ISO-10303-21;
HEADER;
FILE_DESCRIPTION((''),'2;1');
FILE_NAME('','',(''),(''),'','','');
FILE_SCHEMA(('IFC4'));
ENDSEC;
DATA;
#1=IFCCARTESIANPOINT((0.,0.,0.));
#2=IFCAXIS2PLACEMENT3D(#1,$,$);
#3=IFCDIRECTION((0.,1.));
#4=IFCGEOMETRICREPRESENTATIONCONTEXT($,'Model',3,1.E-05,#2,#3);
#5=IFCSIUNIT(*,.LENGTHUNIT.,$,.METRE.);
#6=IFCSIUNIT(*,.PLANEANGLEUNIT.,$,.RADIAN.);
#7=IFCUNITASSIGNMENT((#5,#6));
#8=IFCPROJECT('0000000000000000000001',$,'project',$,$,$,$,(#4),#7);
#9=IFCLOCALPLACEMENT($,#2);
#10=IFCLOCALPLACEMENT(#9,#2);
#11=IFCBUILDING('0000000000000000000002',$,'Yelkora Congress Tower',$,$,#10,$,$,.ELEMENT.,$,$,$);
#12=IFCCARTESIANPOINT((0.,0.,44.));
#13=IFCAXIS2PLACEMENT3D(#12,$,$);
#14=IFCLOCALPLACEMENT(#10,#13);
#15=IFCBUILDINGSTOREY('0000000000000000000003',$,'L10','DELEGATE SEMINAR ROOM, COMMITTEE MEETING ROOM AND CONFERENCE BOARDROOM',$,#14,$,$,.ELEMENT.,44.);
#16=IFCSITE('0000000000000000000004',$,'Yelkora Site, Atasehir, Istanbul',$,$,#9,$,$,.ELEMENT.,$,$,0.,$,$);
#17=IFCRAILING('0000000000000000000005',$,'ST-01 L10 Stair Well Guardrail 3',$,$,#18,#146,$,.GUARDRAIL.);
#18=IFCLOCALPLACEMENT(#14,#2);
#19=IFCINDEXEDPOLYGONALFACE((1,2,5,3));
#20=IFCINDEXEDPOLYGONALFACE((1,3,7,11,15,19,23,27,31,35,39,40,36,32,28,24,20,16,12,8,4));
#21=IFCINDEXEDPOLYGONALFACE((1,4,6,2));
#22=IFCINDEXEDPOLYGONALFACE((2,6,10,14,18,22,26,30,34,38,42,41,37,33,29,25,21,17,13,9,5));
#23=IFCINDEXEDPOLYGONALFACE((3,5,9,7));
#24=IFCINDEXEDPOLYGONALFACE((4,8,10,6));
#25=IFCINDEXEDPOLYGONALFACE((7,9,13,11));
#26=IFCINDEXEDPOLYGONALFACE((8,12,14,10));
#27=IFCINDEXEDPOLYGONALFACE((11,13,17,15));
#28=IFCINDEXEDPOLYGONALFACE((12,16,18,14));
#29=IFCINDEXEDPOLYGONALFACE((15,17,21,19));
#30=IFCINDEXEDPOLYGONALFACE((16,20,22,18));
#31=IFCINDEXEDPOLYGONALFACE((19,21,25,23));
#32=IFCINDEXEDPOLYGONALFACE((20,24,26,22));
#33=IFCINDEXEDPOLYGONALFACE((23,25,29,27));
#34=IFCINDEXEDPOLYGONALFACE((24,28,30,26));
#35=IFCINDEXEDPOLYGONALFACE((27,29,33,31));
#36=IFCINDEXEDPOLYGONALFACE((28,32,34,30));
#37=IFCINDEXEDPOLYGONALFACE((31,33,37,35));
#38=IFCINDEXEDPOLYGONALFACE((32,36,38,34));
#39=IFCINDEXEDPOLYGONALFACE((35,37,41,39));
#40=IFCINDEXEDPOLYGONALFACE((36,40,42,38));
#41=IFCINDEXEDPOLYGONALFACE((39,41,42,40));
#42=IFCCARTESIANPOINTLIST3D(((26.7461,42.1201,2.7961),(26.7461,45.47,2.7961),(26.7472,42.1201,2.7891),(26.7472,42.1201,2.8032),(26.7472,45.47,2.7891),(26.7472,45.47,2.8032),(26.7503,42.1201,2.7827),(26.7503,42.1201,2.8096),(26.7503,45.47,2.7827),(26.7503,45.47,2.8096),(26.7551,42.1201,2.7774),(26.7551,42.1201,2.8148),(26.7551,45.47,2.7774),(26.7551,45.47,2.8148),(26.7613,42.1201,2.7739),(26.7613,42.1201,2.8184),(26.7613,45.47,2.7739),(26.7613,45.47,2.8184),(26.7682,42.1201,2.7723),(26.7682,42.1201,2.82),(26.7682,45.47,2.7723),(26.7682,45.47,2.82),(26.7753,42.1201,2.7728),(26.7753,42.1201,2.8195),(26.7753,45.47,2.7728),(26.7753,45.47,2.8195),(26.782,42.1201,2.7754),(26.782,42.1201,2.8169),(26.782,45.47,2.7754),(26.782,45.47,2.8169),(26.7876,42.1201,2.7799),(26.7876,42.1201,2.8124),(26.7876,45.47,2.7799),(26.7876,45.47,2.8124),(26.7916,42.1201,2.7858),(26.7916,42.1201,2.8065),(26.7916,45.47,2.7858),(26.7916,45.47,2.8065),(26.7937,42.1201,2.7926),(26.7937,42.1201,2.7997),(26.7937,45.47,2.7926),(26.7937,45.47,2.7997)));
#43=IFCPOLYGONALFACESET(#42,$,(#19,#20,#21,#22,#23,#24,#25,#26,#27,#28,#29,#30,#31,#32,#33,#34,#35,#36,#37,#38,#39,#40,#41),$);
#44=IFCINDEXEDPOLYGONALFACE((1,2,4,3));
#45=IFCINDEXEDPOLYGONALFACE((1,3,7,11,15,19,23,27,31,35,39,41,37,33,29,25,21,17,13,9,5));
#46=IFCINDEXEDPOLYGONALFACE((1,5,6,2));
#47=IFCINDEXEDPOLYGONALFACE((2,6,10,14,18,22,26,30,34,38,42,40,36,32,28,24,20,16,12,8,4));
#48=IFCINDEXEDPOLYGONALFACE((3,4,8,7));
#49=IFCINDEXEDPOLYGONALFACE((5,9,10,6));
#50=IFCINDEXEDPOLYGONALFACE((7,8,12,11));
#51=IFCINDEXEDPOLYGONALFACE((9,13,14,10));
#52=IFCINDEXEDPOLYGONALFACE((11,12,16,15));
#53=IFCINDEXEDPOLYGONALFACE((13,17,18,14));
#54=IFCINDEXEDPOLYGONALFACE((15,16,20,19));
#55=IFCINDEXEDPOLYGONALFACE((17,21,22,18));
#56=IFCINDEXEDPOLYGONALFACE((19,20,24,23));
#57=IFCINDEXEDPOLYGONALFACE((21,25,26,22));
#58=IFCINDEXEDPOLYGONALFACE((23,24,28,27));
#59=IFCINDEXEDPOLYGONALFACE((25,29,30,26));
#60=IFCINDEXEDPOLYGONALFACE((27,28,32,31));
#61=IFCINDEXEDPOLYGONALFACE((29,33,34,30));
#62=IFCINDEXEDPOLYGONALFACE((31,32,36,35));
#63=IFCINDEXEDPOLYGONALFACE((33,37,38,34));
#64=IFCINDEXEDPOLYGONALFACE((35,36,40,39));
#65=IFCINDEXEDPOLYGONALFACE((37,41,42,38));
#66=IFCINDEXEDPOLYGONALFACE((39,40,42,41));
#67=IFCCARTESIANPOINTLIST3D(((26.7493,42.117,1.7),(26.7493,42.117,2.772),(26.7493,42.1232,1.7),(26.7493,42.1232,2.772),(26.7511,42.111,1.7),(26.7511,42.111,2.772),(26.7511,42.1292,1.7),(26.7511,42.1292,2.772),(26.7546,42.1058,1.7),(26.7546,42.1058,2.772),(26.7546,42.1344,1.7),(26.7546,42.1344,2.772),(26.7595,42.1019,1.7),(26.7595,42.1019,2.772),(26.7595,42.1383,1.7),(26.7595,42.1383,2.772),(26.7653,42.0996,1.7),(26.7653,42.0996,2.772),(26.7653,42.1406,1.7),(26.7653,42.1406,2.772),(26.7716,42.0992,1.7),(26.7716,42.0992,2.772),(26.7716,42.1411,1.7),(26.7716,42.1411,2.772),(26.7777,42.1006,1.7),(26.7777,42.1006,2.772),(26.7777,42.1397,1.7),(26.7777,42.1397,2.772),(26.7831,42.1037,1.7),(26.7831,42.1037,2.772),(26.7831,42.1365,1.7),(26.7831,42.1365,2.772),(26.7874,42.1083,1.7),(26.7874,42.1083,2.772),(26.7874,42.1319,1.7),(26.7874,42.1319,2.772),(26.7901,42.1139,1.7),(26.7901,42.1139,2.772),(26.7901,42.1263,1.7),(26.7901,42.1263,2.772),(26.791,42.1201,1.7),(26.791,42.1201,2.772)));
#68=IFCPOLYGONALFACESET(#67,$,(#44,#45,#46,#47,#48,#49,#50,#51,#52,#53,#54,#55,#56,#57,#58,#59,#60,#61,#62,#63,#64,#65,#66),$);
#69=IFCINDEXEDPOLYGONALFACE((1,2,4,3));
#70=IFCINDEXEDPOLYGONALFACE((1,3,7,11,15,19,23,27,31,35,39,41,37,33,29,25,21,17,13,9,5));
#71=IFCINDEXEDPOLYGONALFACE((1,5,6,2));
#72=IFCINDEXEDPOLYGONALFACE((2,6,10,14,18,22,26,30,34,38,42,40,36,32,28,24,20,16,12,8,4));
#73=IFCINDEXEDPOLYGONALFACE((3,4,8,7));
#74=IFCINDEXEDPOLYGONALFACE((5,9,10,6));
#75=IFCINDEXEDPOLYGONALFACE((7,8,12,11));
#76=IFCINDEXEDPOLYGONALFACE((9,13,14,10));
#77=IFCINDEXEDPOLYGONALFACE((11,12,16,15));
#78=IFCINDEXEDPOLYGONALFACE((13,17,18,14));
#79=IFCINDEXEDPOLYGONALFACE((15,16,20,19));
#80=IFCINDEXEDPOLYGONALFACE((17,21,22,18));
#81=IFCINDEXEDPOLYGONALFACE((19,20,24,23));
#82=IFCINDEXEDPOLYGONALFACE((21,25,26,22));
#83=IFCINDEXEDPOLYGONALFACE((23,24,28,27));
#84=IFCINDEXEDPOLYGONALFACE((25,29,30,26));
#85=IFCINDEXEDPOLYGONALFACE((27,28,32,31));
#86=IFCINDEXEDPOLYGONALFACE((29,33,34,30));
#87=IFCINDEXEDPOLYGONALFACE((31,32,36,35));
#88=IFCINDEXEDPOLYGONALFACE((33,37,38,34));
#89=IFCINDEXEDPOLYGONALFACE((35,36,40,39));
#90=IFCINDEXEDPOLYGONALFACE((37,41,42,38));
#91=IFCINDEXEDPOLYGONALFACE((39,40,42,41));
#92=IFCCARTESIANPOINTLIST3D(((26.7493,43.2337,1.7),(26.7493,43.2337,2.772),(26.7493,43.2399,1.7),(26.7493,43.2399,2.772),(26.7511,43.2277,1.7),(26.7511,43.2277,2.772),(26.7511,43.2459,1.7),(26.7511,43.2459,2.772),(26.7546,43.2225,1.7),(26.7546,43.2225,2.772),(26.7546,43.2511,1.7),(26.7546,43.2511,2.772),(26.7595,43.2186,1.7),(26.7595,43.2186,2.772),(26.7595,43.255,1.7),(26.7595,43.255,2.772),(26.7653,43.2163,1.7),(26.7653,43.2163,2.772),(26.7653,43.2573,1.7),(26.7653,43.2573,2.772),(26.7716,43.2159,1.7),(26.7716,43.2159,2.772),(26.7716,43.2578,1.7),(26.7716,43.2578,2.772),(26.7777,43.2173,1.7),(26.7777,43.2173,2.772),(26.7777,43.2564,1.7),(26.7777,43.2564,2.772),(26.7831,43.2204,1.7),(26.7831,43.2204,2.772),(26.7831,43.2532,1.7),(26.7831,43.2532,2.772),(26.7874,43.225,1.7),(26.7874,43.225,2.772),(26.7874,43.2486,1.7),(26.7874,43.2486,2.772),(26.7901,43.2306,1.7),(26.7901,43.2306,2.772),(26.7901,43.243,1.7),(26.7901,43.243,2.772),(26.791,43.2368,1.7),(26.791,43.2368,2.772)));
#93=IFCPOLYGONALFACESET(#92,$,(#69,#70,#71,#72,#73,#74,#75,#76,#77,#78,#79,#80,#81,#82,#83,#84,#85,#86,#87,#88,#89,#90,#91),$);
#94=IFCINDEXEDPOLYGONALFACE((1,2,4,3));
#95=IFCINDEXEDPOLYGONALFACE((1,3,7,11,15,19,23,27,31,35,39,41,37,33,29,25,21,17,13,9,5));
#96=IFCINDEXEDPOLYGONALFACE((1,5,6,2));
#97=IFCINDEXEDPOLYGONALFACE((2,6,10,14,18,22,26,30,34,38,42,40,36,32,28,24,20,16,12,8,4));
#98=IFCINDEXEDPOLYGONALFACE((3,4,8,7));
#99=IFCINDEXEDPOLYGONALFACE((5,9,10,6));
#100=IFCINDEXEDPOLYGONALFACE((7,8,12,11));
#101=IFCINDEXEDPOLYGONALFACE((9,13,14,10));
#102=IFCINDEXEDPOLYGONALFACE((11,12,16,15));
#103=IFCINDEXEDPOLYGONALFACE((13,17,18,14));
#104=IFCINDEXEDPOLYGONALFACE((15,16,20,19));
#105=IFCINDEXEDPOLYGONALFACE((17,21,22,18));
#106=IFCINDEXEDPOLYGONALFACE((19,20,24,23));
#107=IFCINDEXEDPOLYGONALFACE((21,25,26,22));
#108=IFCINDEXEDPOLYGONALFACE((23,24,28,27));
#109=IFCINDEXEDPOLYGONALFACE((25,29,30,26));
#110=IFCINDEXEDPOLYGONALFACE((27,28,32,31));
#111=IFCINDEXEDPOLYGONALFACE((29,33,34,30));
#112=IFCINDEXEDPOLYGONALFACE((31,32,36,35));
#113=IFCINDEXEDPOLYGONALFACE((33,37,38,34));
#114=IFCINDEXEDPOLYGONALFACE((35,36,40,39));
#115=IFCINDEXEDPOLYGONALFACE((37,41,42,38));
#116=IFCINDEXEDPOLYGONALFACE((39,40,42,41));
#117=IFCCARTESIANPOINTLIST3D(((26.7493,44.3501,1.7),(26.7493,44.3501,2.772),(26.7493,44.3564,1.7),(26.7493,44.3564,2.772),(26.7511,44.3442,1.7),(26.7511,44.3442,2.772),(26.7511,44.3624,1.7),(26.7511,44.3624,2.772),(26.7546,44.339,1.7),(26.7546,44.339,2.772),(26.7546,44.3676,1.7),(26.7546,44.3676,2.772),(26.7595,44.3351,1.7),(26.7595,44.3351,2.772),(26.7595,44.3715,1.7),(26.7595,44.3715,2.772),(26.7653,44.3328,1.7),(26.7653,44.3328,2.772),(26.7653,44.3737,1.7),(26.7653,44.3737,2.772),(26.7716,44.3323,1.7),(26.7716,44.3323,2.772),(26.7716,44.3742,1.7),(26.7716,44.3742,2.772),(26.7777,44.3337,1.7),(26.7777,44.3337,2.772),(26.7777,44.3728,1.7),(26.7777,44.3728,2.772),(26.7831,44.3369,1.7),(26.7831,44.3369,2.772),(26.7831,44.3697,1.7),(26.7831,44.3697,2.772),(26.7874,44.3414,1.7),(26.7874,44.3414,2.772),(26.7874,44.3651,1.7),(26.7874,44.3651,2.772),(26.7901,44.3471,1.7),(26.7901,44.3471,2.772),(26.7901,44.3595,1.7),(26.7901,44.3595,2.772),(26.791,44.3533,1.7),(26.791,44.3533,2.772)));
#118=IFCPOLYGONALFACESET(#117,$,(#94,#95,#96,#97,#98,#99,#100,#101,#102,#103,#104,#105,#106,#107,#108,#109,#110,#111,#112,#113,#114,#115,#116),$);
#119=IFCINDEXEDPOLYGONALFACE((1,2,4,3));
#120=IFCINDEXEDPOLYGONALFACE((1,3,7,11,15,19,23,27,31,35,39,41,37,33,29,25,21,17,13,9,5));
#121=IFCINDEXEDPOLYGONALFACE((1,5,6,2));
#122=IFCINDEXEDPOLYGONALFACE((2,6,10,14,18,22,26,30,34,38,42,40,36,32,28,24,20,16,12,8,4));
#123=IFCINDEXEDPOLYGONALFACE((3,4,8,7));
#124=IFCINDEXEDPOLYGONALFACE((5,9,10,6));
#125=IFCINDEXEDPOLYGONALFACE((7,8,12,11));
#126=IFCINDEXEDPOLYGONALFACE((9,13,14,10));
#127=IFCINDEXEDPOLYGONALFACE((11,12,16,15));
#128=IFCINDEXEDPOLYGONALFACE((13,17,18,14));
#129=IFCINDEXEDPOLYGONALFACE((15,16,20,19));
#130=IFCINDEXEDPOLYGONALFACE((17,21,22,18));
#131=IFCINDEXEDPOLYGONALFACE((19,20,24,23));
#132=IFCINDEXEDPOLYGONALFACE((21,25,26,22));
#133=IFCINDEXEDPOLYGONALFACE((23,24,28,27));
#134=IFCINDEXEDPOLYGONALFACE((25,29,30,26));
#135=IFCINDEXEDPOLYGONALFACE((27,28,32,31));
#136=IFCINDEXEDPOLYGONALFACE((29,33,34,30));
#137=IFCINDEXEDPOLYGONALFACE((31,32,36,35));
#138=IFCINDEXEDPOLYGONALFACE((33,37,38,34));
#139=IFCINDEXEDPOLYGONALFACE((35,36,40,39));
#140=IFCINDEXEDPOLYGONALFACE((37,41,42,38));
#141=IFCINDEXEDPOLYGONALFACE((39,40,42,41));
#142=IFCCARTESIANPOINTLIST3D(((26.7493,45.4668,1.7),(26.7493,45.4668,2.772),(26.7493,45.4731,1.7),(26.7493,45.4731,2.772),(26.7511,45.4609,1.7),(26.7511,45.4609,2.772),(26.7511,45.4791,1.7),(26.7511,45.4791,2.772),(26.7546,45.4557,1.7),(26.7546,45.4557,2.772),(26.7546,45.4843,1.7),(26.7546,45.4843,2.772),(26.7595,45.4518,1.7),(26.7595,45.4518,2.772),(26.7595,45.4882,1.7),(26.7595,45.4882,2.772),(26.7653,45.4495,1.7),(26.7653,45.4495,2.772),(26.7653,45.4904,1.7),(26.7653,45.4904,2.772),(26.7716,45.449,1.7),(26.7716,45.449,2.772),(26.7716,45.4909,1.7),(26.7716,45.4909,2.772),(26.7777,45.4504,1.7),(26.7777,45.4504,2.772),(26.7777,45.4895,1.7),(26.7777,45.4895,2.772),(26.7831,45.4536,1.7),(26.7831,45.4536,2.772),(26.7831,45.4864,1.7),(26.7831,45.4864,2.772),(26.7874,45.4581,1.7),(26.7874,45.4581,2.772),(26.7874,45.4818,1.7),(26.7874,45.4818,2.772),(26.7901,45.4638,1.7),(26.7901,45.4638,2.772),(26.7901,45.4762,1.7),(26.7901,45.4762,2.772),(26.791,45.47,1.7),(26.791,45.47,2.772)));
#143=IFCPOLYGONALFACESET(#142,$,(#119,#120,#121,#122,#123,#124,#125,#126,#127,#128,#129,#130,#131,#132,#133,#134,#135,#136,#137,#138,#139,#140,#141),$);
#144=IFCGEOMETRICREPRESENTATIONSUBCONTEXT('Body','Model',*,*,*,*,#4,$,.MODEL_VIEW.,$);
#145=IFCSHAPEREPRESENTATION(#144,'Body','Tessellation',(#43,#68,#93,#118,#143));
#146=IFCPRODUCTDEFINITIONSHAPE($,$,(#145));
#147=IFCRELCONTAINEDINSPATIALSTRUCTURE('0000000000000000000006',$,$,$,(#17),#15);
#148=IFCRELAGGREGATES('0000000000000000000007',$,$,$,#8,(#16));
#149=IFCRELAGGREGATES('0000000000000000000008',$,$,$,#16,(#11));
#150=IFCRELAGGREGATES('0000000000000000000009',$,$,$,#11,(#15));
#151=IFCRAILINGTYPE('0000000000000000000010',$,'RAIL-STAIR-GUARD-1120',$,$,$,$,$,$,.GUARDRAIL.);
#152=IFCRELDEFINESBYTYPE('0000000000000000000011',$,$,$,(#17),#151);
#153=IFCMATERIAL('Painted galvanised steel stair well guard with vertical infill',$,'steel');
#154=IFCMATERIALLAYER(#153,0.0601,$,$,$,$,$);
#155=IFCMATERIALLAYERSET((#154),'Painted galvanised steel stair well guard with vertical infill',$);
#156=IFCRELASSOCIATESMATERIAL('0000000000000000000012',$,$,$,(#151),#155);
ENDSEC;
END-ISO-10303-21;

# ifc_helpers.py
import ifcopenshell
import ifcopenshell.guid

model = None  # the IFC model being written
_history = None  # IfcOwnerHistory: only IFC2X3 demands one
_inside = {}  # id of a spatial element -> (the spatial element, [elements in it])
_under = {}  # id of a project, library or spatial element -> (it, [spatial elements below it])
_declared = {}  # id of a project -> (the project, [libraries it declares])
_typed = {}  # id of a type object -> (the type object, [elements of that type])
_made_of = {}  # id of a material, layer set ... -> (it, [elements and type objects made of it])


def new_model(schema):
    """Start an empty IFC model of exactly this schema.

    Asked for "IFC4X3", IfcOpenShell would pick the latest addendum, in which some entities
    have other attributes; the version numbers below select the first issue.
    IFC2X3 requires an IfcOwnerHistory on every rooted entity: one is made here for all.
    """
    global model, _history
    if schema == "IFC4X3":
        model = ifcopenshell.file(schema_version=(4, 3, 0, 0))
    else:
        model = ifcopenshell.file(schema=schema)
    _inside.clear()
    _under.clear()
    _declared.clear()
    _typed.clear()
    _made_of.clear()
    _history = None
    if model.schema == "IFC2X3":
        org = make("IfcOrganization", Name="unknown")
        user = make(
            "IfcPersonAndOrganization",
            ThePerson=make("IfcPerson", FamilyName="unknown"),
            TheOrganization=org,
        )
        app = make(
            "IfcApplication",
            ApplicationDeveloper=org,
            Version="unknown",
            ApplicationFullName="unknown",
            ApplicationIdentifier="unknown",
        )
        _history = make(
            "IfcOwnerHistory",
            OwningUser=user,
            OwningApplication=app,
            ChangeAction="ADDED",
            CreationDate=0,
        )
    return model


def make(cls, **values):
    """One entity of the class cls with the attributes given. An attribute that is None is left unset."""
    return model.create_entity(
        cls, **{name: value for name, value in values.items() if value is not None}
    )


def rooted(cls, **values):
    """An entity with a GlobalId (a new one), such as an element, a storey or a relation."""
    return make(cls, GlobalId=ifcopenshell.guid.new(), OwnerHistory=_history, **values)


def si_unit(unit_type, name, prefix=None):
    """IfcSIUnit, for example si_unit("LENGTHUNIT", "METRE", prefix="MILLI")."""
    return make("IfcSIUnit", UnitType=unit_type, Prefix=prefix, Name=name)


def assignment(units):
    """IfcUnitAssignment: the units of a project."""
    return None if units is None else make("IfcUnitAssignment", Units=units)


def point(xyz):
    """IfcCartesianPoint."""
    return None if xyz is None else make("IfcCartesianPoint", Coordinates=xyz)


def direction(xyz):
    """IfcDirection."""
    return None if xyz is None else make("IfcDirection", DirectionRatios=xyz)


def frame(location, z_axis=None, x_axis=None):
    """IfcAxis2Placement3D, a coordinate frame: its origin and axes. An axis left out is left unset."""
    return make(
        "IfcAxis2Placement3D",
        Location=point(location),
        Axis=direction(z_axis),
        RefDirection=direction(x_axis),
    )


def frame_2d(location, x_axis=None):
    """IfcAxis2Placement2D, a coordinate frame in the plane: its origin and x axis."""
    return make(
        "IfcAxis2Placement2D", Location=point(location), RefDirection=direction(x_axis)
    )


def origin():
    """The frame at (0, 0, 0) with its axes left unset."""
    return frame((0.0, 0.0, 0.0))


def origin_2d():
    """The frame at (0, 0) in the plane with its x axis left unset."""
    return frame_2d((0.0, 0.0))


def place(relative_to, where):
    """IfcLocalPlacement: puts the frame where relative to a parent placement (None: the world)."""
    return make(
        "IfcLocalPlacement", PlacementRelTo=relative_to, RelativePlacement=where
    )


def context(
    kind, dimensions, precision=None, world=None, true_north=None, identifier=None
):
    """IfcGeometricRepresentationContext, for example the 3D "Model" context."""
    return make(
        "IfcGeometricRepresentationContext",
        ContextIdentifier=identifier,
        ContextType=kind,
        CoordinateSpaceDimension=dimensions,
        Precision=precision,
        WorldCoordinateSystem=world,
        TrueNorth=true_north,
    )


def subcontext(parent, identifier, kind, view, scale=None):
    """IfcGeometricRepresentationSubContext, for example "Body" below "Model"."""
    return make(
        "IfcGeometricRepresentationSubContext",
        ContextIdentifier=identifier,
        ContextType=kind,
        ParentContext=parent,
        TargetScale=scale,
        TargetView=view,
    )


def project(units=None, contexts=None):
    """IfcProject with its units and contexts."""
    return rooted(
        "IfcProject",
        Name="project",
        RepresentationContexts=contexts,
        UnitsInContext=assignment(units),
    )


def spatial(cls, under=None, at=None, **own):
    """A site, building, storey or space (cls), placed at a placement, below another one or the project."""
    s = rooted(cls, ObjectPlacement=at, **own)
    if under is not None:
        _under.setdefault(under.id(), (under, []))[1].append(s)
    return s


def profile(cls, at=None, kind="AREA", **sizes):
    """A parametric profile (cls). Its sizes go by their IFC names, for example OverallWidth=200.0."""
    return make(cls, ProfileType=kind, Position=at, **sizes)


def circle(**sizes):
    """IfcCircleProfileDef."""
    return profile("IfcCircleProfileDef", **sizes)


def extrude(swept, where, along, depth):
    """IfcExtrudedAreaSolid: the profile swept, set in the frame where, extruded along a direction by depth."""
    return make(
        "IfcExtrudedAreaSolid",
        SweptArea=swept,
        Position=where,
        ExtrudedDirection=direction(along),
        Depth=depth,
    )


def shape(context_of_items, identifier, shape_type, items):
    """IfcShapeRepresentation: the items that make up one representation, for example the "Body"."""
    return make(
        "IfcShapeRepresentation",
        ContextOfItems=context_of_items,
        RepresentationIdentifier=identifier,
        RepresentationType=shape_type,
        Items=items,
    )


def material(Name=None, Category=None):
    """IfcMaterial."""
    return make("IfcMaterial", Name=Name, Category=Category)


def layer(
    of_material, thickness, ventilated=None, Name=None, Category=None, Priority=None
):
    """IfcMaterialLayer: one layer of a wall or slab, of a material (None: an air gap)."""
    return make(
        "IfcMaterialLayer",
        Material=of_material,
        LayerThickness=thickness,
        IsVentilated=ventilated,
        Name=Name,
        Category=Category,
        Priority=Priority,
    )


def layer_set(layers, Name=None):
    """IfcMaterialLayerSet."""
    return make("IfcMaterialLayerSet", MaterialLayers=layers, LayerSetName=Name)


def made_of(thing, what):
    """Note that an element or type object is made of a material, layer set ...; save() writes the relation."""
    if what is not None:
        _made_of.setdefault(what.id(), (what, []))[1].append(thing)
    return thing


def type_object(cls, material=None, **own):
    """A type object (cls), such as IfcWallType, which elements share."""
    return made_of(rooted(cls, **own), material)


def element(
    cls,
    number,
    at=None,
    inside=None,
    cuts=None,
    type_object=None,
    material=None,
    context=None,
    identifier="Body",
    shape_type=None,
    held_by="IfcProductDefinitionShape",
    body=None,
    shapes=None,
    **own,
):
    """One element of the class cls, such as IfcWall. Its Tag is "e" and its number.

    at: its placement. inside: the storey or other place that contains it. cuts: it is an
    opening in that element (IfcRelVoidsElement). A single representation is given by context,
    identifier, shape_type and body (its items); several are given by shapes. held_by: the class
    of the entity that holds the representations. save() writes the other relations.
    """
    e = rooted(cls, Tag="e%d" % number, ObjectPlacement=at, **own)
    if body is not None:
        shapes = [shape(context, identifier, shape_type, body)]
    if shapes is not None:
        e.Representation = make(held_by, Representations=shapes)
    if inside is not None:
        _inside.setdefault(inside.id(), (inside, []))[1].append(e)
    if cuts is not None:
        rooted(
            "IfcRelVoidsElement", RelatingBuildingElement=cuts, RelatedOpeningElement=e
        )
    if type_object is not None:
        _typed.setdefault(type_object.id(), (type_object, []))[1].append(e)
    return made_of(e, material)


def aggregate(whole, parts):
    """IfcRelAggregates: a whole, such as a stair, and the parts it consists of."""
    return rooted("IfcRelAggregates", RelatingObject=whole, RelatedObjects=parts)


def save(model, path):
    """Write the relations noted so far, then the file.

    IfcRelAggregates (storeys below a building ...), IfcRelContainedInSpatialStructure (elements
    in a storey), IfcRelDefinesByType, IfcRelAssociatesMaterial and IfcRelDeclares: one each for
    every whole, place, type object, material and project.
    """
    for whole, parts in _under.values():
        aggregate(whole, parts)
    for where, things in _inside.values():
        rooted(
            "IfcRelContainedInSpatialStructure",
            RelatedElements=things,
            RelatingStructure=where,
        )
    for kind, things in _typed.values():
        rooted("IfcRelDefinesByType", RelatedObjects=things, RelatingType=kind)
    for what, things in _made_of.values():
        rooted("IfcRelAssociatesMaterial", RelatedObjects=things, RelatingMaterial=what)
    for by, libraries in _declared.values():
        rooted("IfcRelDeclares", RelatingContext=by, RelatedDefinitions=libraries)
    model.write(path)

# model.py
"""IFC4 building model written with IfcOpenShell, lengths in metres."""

from ifc_helpers import new_model, si_unit, direction, frame, origin, origin_2d, place, context, subcontext, project, spatial, circle, extrude, material, layer, layer_set, type_object, element, save


model = new_model("IFC4")

# Units and contexts
model_context = context("Model", 3, precision=1e-05, world=origin(), true_north=direction((0.0, 1.0)))
body_context = subcontext(model_context, "Body", "Model", "MODEL_VIEW")
ifc_project = project(units=[si_unit("LENGTHUNIT", "METRE"), si_unit("PLANEANGLEUNIT", "RADIAN")], contexts=[model_context])

# Site, building, storey
site_placement = place(None, origin())
site = spatial("IfcSite", under=ifc_project, at=site_placement, Name="Yelkora Site, Atasehir, Istanbul", CompositionType="ELEMENT", RefElevation=0.0)
building_placement = place(site_placement, origin())
building = spatial("IfcBuilding", under=site, at=building_placement, Name="Yelkora Congress Tower", CompositionType="ELEMENT")
storey_placement = place(building_placement, frame((0.0, 0.0, 44.0)))
storey = spatial("IfcBuildingStorey", under=building, at=storey_placement, Name="L10", Description="DELEGATE SEMINAR ROOM, COMMITTEE MEETING ROOM AND CONFERENCE BOARDROOM", CompositionType="ELEMENT", Elevation=44.0)

# Railing
ifc_material_1 = material(Name="Painted galvanised steel stair well guard with vertical infill", Category="steel")
ifc_layer_1 = layer(ifc_material_1, 0.0601)
ifc_layer_set_1 = layer_set([ifc_layer_1], Name="Painted galvanised steel stair well guard with vertical infill")
railing_type_1 = type_object("IfcRailingType", Name="RAIL-STAIR-GUARD-1120", PredefinedType="GUARDRAIL", material=ifc_layer_set_1)
for number, where, name in (
    (1, (26.77, 42.1201, 1.7), "ST-01 L10 Stair Well Guardrail 3"),
):
    element("IfcRailing", number, at=place(storey_placement, frame(where)), inside=storey, type_object=railing_type_1, Name=name, PredefinedType="GUARDRAIL", context=body_context, shape_type="SweptSolid", body=[
        extrude(circle(Radius=0.0239, at=origin_2d()), frame((0.0, 0.0, 1.0962), z_axis=(0.0, 1.0, 0.0), x_axis=(-1.0, 0.0, 0.0)), (0.0, 0.0, 1.0), 3.3499),
        extrude(circle(Radius=0.021, at=origin_2d()), origin(), (0.0, 0.0, 1.0), 1.072),
        extrude(circle(Radius=0.021, at=origin_2d()), frame((0.0, 1.1167, 0.0)), (0.0, 0.0, 1.0), 1.072),
        extrude(circle(Radius=0.021, at=origin_2d()), frame((0.0, 2.2332, 0.0)), (0.0, 0.0, 1.0), 1.072),
        extrude(circle(Radius=0.021, at=origin_2d()), frame((0.0, 3.3499, 0.0)), (0.0, 0.0, 1.0), 1.072),
    ])

save(model, "model.ifc")
